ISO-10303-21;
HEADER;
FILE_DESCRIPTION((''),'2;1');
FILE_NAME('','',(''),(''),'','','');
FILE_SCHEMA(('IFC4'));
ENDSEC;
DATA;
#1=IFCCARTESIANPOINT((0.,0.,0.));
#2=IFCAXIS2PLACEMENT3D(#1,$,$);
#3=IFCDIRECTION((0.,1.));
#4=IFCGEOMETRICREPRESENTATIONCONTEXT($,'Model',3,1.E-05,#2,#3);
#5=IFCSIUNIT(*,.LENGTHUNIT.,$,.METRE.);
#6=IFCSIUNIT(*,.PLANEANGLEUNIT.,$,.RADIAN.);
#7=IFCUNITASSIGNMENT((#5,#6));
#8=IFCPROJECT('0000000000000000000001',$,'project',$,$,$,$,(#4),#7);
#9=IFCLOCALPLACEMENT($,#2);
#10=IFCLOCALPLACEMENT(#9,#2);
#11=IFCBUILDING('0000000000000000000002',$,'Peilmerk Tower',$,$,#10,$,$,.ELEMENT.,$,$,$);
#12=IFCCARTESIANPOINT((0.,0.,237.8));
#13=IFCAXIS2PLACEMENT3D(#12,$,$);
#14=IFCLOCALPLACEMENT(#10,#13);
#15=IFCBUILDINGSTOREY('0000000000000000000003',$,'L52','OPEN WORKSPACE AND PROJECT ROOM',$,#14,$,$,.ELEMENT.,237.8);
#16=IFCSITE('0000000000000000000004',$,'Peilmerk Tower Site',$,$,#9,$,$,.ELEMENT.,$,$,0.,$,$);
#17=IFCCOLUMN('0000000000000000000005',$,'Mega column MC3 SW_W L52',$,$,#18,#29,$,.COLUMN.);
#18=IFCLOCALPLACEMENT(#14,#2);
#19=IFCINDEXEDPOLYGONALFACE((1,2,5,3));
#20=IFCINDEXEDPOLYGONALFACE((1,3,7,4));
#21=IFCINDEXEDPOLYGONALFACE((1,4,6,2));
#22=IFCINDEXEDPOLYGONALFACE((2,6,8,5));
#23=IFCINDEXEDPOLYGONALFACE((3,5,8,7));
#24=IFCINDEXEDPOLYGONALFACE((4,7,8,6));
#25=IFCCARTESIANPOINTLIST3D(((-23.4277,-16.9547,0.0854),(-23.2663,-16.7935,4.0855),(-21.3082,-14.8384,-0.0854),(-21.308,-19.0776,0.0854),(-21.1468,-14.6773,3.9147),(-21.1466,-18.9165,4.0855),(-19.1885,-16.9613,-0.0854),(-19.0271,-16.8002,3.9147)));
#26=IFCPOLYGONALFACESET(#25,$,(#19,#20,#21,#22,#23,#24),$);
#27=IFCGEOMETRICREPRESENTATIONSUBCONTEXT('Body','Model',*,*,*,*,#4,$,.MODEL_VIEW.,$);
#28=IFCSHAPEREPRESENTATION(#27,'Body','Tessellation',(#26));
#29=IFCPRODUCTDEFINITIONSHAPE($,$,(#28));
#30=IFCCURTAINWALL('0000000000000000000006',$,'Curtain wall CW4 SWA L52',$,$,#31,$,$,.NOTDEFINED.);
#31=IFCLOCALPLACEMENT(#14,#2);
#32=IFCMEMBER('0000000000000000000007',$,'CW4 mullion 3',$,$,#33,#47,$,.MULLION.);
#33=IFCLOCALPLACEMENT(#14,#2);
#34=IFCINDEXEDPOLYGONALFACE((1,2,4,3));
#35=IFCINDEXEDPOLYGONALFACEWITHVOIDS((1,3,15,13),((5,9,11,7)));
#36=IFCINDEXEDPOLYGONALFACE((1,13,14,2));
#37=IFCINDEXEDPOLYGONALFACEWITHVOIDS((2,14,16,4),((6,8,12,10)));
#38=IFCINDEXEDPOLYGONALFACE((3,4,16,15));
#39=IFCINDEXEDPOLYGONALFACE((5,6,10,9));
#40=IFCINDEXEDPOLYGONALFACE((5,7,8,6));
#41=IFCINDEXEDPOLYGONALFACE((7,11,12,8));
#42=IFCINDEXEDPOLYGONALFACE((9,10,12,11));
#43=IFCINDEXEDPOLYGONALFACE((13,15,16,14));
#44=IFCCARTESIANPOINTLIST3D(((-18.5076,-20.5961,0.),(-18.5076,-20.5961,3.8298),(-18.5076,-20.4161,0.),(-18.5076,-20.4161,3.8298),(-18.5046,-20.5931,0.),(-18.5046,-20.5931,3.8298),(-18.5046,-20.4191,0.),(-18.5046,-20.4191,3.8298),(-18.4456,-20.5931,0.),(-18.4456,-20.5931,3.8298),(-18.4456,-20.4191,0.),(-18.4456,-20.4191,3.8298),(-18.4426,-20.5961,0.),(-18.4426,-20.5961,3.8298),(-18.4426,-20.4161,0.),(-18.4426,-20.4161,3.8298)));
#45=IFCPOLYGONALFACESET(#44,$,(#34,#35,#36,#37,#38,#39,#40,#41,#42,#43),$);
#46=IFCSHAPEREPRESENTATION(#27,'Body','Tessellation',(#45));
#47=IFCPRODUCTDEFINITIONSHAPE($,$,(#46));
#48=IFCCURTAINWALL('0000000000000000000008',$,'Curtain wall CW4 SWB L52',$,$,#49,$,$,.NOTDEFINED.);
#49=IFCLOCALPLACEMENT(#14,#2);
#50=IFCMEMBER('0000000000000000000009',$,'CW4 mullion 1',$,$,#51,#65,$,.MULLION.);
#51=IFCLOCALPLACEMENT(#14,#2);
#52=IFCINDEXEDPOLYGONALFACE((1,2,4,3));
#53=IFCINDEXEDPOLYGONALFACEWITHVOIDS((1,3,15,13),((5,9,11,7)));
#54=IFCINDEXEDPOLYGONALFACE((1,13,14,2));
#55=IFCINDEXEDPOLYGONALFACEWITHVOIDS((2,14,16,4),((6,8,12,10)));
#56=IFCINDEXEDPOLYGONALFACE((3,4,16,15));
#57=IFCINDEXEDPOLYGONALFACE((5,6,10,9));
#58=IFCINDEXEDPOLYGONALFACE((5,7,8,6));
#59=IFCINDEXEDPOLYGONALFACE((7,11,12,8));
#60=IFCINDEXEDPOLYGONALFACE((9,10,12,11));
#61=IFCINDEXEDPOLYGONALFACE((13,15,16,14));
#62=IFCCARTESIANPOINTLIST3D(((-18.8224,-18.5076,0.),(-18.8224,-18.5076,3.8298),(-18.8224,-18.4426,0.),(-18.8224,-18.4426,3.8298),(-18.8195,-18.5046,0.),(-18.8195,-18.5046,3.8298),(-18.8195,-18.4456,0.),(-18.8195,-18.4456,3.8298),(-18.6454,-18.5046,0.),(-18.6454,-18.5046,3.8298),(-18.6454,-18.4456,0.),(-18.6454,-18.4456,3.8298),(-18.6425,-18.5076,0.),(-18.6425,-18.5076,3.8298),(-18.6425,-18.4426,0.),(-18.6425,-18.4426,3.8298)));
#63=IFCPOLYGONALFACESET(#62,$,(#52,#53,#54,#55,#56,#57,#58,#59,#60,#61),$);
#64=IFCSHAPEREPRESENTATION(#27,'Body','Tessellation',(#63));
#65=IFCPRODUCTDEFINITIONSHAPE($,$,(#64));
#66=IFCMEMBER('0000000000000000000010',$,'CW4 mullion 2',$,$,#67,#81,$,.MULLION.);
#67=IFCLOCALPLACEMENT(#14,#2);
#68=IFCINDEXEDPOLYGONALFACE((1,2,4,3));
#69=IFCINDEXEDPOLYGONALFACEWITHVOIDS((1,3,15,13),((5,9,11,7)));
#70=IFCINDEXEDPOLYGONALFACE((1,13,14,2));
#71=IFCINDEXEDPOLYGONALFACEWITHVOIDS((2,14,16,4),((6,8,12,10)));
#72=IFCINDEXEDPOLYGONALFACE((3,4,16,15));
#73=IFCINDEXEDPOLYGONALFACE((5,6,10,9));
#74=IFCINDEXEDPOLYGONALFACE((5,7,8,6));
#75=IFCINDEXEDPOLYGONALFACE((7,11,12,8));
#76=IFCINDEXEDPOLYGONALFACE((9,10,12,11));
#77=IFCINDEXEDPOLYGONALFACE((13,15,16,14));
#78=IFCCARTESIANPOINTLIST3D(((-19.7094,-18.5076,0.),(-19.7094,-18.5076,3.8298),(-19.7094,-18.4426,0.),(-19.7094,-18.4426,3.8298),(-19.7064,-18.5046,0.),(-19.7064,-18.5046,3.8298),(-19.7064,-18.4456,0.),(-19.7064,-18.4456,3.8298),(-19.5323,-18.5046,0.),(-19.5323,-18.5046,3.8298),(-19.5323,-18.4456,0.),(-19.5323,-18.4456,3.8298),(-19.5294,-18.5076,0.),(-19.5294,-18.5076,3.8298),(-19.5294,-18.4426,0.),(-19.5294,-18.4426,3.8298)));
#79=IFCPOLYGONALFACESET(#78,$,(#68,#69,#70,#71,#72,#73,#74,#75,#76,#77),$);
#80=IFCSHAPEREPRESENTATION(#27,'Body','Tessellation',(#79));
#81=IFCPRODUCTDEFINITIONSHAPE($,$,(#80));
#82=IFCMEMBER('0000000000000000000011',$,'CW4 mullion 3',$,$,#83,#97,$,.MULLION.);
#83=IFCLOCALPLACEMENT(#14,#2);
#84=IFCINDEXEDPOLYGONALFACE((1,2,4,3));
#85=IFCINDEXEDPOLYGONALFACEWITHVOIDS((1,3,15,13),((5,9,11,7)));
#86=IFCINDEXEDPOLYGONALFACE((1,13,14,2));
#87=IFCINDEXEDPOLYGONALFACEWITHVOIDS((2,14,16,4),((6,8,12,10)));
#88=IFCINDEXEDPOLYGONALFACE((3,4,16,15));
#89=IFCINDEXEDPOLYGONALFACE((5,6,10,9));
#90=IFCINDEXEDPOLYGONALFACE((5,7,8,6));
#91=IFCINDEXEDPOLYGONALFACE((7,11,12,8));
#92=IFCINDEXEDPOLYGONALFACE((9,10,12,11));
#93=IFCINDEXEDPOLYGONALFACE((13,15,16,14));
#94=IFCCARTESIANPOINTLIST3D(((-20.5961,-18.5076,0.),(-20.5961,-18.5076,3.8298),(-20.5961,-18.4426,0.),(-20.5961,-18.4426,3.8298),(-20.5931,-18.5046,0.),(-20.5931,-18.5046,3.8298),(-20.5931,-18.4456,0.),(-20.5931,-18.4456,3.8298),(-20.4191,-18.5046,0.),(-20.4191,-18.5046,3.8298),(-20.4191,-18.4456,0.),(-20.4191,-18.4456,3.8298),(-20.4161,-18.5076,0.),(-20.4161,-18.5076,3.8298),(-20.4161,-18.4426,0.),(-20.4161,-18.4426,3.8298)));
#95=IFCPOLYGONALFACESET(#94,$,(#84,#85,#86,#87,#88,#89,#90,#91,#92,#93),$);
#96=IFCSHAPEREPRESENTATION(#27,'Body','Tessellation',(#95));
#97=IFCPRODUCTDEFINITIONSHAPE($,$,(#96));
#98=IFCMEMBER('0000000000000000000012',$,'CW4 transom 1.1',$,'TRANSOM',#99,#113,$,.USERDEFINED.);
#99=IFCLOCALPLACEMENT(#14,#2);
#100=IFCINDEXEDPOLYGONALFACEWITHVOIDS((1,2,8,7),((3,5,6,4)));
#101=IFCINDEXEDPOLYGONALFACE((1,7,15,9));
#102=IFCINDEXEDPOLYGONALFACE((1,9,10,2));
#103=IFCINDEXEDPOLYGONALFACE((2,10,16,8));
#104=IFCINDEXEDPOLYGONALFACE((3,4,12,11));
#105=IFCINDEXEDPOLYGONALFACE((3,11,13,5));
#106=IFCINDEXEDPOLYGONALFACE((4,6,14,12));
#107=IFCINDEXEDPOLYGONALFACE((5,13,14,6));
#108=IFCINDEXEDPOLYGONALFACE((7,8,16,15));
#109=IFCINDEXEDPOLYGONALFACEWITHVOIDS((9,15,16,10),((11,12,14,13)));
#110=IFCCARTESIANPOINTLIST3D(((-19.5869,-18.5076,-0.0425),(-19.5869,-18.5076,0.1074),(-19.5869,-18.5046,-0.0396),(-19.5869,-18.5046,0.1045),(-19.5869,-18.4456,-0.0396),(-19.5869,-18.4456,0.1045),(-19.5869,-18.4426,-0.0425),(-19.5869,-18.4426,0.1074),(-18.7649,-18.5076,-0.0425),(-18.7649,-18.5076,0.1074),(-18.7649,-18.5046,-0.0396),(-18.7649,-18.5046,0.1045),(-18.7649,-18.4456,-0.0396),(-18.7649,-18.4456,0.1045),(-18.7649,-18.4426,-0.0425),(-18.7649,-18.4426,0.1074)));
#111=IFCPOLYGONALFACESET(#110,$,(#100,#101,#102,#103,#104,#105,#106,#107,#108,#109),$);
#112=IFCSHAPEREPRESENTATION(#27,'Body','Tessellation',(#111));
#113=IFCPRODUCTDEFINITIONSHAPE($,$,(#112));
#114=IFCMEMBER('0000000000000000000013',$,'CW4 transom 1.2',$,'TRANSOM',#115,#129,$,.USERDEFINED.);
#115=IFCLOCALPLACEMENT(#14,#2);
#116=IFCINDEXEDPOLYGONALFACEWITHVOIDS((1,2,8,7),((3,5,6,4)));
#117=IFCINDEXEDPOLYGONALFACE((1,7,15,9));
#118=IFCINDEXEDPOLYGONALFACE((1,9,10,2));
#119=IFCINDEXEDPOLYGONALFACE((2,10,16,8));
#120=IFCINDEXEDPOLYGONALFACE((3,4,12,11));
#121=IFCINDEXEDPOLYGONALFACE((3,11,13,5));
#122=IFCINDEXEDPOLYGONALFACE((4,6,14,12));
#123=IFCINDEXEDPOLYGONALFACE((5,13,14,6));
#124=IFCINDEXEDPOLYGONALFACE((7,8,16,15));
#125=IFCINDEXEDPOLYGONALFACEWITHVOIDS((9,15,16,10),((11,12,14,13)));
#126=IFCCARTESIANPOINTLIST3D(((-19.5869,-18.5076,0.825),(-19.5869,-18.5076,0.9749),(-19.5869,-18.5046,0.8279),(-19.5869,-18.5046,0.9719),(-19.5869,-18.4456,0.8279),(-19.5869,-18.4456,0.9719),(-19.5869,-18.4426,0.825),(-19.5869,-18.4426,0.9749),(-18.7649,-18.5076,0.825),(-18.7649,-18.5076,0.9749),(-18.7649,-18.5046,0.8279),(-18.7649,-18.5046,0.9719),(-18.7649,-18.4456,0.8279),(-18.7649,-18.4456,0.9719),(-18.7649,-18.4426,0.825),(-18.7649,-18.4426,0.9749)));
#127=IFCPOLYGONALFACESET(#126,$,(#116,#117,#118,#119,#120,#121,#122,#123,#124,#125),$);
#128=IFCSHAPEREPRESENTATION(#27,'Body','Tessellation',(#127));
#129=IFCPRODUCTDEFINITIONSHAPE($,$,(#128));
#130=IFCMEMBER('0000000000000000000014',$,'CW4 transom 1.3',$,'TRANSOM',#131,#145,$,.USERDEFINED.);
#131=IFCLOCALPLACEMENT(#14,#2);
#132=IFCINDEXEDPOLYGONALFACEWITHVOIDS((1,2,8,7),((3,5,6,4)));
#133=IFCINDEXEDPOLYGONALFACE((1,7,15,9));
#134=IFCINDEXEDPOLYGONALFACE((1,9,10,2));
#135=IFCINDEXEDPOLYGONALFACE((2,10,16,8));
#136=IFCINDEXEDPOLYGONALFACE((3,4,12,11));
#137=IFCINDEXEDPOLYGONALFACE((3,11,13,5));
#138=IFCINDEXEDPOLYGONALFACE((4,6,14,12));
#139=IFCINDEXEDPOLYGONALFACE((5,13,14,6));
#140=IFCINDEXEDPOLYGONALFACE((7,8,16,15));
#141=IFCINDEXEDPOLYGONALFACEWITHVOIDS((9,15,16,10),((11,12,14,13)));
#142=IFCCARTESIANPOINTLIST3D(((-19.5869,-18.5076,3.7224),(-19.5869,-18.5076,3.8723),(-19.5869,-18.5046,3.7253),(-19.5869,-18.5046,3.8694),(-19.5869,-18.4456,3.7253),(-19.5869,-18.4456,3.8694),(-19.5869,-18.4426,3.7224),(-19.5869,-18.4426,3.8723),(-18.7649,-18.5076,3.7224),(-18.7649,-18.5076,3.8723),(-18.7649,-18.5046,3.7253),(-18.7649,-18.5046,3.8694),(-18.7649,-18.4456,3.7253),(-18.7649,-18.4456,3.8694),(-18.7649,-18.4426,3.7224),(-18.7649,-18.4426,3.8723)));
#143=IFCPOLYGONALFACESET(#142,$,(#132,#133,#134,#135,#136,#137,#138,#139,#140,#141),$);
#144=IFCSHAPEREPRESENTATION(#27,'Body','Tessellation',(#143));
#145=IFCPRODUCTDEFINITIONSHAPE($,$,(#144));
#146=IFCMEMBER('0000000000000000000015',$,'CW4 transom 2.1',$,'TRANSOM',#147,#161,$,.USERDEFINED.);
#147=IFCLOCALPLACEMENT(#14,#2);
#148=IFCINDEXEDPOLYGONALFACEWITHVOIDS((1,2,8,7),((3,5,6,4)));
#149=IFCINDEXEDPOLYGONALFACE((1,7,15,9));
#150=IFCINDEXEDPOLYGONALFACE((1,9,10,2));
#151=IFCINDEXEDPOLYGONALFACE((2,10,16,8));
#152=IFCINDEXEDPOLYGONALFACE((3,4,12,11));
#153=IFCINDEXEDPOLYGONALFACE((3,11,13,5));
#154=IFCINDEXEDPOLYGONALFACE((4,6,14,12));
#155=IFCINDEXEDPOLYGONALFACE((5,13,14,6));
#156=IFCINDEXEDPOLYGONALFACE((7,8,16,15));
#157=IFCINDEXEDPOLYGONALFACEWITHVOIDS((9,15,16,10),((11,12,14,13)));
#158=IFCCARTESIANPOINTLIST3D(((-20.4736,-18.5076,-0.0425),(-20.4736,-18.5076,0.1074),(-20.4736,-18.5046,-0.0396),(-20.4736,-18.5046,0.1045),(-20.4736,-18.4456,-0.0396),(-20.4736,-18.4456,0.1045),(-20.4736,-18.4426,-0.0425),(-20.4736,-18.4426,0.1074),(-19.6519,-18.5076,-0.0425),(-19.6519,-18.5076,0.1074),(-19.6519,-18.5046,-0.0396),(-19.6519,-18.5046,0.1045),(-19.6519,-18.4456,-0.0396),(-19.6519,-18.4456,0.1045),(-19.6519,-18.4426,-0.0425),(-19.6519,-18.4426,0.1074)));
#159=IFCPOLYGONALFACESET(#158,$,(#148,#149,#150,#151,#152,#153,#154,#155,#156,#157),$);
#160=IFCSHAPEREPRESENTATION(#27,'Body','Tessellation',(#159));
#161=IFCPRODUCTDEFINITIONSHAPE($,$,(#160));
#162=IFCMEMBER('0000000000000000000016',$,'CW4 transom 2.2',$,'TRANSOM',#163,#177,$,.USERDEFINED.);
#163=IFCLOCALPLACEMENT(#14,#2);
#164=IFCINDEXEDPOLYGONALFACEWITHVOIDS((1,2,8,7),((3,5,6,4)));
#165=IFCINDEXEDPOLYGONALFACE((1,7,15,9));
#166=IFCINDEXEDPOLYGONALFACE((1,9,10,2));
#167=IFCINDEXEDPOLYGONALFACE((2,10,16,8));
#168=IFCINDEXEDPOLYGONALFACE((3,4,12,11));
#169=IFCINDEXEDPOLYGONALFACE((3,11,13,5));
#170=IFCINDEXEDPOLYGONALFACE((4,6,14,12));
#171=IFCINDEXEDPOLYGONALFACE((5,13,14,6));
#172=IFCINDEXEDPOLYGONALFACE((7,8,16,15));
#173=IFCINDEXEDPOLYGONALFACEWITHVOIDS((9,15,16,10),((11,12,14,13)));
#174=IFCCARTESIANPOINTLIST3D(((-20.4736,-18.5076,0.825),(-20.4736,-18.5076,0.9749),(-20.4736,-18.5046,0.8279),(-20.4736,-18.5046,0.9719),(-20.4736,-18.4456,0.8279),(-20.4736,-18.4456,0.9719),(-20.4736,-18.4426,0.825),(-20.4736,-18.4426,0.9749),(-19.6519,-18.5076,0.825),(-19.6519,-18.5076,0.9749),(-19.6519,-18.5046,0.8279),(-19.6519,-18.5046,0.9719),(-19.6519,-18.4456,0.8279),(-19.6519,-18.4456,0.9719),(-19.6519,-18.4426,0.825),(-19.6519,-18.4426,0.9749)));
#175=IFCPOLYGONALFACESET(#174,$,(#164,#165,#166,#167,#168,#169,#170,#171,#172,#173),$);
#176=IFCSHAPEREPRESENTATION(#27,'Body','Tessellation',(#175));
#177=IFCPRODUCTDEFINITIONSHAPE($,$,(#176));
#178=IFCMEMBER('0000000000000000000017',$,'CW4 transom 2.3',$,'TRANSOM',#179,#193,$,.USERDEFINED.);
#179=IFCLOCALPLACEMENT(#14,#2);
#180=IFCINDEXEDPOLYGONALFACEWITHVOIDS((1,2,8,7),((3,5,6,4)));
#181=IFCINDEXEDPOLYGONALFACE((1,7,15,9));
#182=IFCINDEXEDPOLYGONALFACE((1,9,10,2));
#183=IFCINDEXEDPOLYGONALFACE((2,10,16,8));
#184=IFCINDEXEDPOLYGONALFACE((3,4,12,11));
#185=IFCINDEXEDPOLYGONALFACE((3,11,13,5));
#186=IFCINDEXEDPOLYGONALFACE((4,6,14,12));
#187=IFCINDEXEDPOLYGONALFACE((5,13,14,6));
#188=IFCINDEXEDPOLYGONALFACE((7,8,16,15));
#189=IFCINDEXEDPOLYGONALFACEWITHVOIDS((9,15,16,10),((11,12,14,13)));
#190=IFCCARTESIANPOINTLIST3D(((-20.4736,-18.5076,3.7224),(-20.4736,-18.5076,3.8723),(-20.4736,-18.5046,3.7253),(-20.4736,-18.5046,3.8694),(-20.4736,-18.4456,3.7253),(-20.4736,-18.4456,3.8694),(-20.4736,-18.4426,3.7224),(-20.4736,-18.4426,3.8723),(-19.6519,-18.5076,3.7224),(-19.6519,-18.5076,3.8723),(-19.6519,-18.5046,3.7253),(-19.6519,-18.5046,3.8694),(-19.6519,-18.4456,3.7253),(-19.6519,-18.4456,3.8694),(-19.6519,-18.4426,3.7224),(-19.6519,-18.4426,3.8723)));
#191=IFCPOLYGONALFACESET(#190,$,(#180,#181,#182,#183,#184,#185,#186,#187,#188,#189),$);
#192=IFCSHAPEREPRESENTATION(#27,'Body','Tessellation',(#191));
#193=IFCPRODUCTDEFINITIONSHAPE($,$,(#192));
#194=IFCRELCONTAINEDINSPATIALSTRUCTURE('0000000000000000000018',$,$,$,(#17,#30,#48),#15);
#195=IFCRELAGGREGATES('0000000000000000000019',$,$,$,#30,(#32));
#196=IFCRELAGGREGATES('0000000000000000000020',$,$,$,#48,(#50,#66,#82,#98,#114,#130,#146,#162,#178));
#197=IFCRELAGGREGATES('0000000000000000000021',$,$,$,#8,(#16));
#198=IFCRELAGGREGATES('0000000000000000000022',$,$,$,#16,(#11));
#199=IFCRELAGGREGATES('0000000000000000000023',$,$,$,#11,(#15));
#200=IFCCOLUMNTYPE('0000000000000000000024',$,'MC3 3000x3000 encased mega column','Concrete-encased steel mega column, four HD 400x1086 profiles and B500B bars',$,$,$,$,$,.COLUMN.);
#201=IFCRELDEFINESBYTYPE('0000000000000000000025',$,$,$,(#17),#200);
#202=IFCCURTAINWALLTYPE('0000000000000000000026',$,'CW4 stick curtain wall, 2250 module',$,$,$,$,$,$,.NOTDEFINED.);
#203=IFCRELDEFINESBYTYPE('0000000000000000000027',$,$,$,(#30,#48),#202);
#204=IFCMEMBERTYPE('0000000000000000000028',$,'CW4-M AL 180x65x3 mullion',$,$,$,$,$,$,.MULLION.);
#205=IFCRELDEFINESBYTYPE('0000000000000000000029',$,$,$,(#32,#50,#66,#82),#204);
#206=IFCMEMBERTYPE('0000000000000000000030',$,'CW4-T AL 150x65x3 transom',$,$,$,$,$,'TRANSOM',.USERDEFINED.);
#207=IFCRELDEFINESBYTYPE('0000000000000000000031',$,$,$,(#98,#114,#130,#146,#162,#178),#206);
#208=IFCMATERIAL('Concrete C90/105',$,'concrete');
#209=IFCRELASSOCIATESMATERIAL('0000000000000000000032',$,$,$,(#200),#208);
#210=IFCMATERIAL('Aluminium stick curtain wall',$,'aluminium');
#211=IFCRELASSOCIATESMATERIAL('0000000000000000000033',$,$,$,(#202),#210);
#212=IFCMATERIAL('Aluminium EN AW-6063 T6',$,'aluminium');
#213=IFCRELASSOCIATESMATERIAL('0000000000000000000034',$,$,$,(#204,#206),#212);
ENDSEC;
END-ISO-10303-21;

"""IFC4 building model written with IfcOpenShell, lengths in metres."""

from ifc_helpers import new_model, si_unit, direction, frame, origin, origin_2d, place, context, subcontext, project, spatial, rectangle, hollow_rectangle, extrude, material, material_profile, profile_set, type_object, element, aggregate, save


model = new_model("IFC4")

# Units and contexts
model_context = context("Model", 3, precision=1e-05, world=origin(), true_north=direction((0.0, 1.0)))
body_context = subcontext(model_context, "Body", "Model", "MODEL_VIEW")
ifc_project = project(units=[si_unit("LENGTHUNIT", "METRE"), si_unit("PLANEANGLEUNIT", "RADIAN")], contexts=[model_context])

# Site, building, storey
site_placement = place(None, origin())
site = spatial("IfcSite", under=ifc_project, at=site_placement, Name="Peilmerk Tower Site", CompositionType="ELEMENT", RefElevation=0.0)
building_placement = place(site_placement, origin())
building = spatial("IfcBuilding", under=site, at=building_placement, Name="Peilmerk Tower", CompositionType="ELEMENT")
storey_placement = place(building_placement, frame((0.0, 0.0, 237.8)))
storey = spatial("IfcBuildingStorey", under=building, at=storey_placement, Name="L52", Description="OPEN WORKSPACE AND PROJECT ROOM", CompositionType="ELEMENT", Elevation=237.8)

# Column
ifc_material_1 = material(Name="Concrete C90/105", Category="concrete")
ifc_material_profile_1 = material_profile(ifc_material_1, rectangle(XDim=3.0, YDim=3.0, at=origin_2d()), Name="RC 3000x3000")
ifc_profile_set_1 = profile_set([ifc_material_profile_1], Name="Concrete C90/105")
column_type = type_object("IfcColumnType", Name="MC3 3000x3000 encased mega column", Description="Concrete-encased steel mega column, four HD 400x1086 profiles and B500B bars", PredefinedType="COLUMN", material=ifc_profile_set_1)
column_placement = place(storey_placement, frame((-21.3081, -16.958, 0.0), z_axis=(0.040279, 0.040218, 0.998379), x_axis=(-0.706571, 0.707642, 0.0)))
element("IfcColumn", 1, at=column_placement, inside=storey, type_object=column_type, Name="Mega column MC3 SW_W L52", PredefinedType="COLUMN", context=body_context, shape_type="SweptSolid", body=[
    extrude(rectangle(XDim=3.0, YDim=3.0, at=origin_2d()), origin(), (0.0, 0.0, 1.0), 4.0066),
])

# Curtain wall, member
ifc_material_2 = material(Name="Aluminium stick curtain wall", Category="aluminium")
curtain_wall_type = type_object("IfcCurtainWallType", Name="CW4 stick curtain wall, 2250 module", PredefinedType="NOTDEFINED", material=ifc_material_2)
curtain_wall_1_placement = place(storey_placement, origin())
curtain_wall_1 = element("IfcCurtainWall", 2, at=curtain_wall_1_placement, inside=storey, type_object=curtain_wall_type, Name="Curtain wall CW4 SWA L52", PredefinedType="NOTDEFINED")
ifc_material_3 = material(Name="Aluminium EN AW-6063 T6", Category="aluminium")
ifc_material_profile_2 = material_profile(ifc_material_3, hollow_rectangle(XDim=0.0649, YDim=0.1799, WallThickness=0.0029, at=origin_2d()), Name="AL 180x65x3")
ifc_profile_set_2 = profile_set([ifc_material_profile_2], Name="Aluminium EN AW-6063 T6")
member_type_1 = type_object("IfcMemberType", Name="CW4-M AL 180x65x3 mullion", PredefinedType="MULLION", material=ifc_profile_set_2)
member_1_placement = place(storey_placement, frame((-18.4751, -20.5061, 0.0), z_axis=(0.0, 0.0, 1.0), x_axis=(1.0, 0.0, 0.0)))
member_1 = element("IfcMember", 3, at=member_1_placement, type_object=member_type_1, Name="CW4 mullion 3", PredefinedType="MULLION", context=body_context, shape_type="SweptSolid", body=[
    extrude(hollow_rectangle(XDim=0.0649, YDim=0.1799, WallThickness=0.0029, at=origin_2d()), origin(), (0.0, 0.0, 1.0), 3.8298),
])

# Curtain wall, members
curtain_wall_2_placement = place(storey_placement, origin())
curtain_wall_2 = element("IfcCurtainWall", 4, at=curtain_wall_2_placement, inside=storey, type_object=curtain_wall_type, Name="Curtain wall CW4 SWB L52", PredefinedType="NOTDEFINED")
member_2_placement = place(storey_placement, frame((-18.7324, -18.4751, 0.0), z_axis=(0.0, 0.0, 1.0), x_axis=(0.0, -1.0, 0.0)))
member_2 = element("IfcMember", 5, at=member_2_placement, type_object=member_type_1, Name="CW4 mullion 1", PredefinedType="MULLION", context=body_context, shape_type="SweptSolid", body=[
    extrude(hollow_rectangle(XDim=0.0649, YDim=0.1799, WallThickness=0.0029, at=origin_2d()), origin(), (0.0, 0.0, 1.0), 3.8298),
])
member_3_placement = place(storey_placement, frame((-19.6194, -18.4751, 0.0), z_axis=(0.0, 0.0, 1.0), x_axis=(0.0, -1.0, 0.0)))
member_3 = element("IfcMember", 6, at=member_3_placement, type_object=member_type_1, Name="CW4 mullion 2", PredefinedType="MULLION", context=body_context, shape_type="SweptSolid", body=[
    extrude(hollow_rectangle(XDim=0.0649, YDim=0.1799, WallThickness=0.0029, at=origin_2d()), origin(), (0.0, 0.0, 1.0), 3.8298),
])
member_4_placement = place(storey_placement, frame((-20.5061, -18.4751, 0.0), z_axis=(0.0, 0.0, 1.0), x_axis=(0.0, -1.0, 0.0)))
member_4 = element("IfcMember", 7, at=member_4_placement, type_object=member_type_1, Name="CW4 mullion 3", PredefinedType="MULLION", context=body_context, shape_type="SweptSolid", body=[
    extrude(hollow_rectangle(XDim=0.0649, YDim=0.1799, WallThickness=0.0029, at=origin_2d()), origin(), (0.0, 0.0, 1.0), 3.8298),
])
ifc_material_profile_3 = material_profile(ifc_material_3, hollow_rectangle(XDim=0.0649, YDim=0.1499, WallThickness=0.0029, at=origin_2d()), Name="AL 150x65x3")
ifc_profile_set_3 = profile_set([ifc_material_profile_3], Name="Aluminium EN AW-6063 T6")
member_type_2 = type_object("IfcMemberType", Name="CW4-T AL 150x65x3 transom", ElementType="TRANSOM", PredefinedType="USERDEFINED", material=ifc_profile_set_3)
member_5_placement = place(storey_placement, frame((-18.7649, -18.4751, 0.0325), z_axis=(-1.0, 0.0, 0.0), x_axis=(0.0, -1.0, 0.0)))
member_5 = element("IfcMember", 8, at=member_5_placement, type_object=member_type_2, Name="CW4 transom 1.1", ObjectType="TRANSOM", PredefinedType="USERDEFINED", context=body_context, shape_type="SweptSolid", body=[
    extrude(hollow_rectangle(XDim=0.0649, YDim=0.1499, WallThickness=0.0029, at=origin_2d()), origin(), (0.0, 0.0, 1.0), 0.822),
])
member_6_placement = place(storey_placement, frame((-18.7649, -18.4751, 0.8999), z_axis=(-1.0, 0.0, 0.0), x_axis=(0.0, -1.0, 0.0)))
member_6 = element("IfcMember", 9, at=member_6_placement, type_object=member_type_2, Name="CW4 transom 1.2", ObjectType="TRANSOM", PredefinedType="USERDEFINED", context=body_context, shape_type="SweptSolid", body=[
    extrude(hollow_rectangle(XDim=0.0649, YDim=0.1499, WallThickness=0.0029, at=origin_2d()), origin(), (0.0, 0.0, 1.0), 0.822),
])
member_7_placement = place(storey_placement, frame((-18.7649, -18.4751, 3.7974), z_axis=(-1.0, 0.0, 0.0), x_axis=(0.0, -1.0, 0.0)))
member_7 = element("IfcMember", 10, at=member_7_placement, type_object=member_type_2, Name="CW4 transom 1.3", ObjectType="TRANSOM", PredefinedType="USERDEFINED", context=body_context, shape_type="SweptSolid", body=[
    extrude(hollow_rectangle(XDim=0.0649, YDim=0.1499, WallThickness=0.0029, at=origin_2d()), origin(), (0.0, 0.0, 1.0), 0.822),
])
member_8_placement = place(storey_placement, frame((-19.6519, -18.4751, 0.0325), z_axis=(-1.0, 0.0, 0.0), x_axis=(0.0, -1.0, 0.0)))
member_8 = element("IfcMember", 11, at=member_8_placement, type_object=member_type_2, Name="CW4 transom 2.1", ObjectType="TRANSOM", PredefinedType="USERDEFINED", context=body_context, shape_type="SweptSolid", body=[
    extrude(hollow_rectangle(XDim=0.0649, YDim=0.1499, WallThickness=0.0029, at=origin_2d()), origin(), (0.0, 0.0, 1.0), 0.8218),
])
member_9_placement = place(storey_placement, frame((-19.6519, -18.4751, 0.8999), z_axis=(-1.0, 0.0, 0.0), x_axis=(0.0, -1.0, 0.0)))
member_9 = element("IfcMember", 12, at=member_9_placement, type_object=member_type_2, Name="CW4 transom 2.2", ObjectType="TRANSOM", PredefinedType="USERDEFINED", context=body_context, shape_type="SweptSolid", body=[
    extrude(hollow_rectangle(XDim=0.0649, YDim=0.1499, WallThickness=0.0029, at=origin_2d()), origin(), (0.0, 0.0, 1.0), 0.8218),
])
member_10_placement = place(storey_placement, frame((-19.6519, -18.4751, 3.7974), z_axis=(-1.0, 0.0, 0.0), x_axis=(0.0, -1.0, 0.0)))
member_10 = element("IfcMember", 13, at=member_10_placement, type_object=member_type_2, Name="CW4 transom 2.3", ObjectType="TRANSOM", PredefinedType="USERDEFINED", context=body_context, shape_type="SweptSolid", body=[
    extrude(hollow_rectangle(XDim=0.0649, YDim=0.1499, WallThickness=0.0029, at=origin_2d()), origin(), (0.0, 0.0, 1.0), 0.8218),
])

aggregate(curtain_wall_1, [member_1])
aggregate(curtain_wall_2, [member_2, member_3, member_4, member_5, member_6, member_7, member_8, member_9, member_10])

save(model, "model.ifc")
